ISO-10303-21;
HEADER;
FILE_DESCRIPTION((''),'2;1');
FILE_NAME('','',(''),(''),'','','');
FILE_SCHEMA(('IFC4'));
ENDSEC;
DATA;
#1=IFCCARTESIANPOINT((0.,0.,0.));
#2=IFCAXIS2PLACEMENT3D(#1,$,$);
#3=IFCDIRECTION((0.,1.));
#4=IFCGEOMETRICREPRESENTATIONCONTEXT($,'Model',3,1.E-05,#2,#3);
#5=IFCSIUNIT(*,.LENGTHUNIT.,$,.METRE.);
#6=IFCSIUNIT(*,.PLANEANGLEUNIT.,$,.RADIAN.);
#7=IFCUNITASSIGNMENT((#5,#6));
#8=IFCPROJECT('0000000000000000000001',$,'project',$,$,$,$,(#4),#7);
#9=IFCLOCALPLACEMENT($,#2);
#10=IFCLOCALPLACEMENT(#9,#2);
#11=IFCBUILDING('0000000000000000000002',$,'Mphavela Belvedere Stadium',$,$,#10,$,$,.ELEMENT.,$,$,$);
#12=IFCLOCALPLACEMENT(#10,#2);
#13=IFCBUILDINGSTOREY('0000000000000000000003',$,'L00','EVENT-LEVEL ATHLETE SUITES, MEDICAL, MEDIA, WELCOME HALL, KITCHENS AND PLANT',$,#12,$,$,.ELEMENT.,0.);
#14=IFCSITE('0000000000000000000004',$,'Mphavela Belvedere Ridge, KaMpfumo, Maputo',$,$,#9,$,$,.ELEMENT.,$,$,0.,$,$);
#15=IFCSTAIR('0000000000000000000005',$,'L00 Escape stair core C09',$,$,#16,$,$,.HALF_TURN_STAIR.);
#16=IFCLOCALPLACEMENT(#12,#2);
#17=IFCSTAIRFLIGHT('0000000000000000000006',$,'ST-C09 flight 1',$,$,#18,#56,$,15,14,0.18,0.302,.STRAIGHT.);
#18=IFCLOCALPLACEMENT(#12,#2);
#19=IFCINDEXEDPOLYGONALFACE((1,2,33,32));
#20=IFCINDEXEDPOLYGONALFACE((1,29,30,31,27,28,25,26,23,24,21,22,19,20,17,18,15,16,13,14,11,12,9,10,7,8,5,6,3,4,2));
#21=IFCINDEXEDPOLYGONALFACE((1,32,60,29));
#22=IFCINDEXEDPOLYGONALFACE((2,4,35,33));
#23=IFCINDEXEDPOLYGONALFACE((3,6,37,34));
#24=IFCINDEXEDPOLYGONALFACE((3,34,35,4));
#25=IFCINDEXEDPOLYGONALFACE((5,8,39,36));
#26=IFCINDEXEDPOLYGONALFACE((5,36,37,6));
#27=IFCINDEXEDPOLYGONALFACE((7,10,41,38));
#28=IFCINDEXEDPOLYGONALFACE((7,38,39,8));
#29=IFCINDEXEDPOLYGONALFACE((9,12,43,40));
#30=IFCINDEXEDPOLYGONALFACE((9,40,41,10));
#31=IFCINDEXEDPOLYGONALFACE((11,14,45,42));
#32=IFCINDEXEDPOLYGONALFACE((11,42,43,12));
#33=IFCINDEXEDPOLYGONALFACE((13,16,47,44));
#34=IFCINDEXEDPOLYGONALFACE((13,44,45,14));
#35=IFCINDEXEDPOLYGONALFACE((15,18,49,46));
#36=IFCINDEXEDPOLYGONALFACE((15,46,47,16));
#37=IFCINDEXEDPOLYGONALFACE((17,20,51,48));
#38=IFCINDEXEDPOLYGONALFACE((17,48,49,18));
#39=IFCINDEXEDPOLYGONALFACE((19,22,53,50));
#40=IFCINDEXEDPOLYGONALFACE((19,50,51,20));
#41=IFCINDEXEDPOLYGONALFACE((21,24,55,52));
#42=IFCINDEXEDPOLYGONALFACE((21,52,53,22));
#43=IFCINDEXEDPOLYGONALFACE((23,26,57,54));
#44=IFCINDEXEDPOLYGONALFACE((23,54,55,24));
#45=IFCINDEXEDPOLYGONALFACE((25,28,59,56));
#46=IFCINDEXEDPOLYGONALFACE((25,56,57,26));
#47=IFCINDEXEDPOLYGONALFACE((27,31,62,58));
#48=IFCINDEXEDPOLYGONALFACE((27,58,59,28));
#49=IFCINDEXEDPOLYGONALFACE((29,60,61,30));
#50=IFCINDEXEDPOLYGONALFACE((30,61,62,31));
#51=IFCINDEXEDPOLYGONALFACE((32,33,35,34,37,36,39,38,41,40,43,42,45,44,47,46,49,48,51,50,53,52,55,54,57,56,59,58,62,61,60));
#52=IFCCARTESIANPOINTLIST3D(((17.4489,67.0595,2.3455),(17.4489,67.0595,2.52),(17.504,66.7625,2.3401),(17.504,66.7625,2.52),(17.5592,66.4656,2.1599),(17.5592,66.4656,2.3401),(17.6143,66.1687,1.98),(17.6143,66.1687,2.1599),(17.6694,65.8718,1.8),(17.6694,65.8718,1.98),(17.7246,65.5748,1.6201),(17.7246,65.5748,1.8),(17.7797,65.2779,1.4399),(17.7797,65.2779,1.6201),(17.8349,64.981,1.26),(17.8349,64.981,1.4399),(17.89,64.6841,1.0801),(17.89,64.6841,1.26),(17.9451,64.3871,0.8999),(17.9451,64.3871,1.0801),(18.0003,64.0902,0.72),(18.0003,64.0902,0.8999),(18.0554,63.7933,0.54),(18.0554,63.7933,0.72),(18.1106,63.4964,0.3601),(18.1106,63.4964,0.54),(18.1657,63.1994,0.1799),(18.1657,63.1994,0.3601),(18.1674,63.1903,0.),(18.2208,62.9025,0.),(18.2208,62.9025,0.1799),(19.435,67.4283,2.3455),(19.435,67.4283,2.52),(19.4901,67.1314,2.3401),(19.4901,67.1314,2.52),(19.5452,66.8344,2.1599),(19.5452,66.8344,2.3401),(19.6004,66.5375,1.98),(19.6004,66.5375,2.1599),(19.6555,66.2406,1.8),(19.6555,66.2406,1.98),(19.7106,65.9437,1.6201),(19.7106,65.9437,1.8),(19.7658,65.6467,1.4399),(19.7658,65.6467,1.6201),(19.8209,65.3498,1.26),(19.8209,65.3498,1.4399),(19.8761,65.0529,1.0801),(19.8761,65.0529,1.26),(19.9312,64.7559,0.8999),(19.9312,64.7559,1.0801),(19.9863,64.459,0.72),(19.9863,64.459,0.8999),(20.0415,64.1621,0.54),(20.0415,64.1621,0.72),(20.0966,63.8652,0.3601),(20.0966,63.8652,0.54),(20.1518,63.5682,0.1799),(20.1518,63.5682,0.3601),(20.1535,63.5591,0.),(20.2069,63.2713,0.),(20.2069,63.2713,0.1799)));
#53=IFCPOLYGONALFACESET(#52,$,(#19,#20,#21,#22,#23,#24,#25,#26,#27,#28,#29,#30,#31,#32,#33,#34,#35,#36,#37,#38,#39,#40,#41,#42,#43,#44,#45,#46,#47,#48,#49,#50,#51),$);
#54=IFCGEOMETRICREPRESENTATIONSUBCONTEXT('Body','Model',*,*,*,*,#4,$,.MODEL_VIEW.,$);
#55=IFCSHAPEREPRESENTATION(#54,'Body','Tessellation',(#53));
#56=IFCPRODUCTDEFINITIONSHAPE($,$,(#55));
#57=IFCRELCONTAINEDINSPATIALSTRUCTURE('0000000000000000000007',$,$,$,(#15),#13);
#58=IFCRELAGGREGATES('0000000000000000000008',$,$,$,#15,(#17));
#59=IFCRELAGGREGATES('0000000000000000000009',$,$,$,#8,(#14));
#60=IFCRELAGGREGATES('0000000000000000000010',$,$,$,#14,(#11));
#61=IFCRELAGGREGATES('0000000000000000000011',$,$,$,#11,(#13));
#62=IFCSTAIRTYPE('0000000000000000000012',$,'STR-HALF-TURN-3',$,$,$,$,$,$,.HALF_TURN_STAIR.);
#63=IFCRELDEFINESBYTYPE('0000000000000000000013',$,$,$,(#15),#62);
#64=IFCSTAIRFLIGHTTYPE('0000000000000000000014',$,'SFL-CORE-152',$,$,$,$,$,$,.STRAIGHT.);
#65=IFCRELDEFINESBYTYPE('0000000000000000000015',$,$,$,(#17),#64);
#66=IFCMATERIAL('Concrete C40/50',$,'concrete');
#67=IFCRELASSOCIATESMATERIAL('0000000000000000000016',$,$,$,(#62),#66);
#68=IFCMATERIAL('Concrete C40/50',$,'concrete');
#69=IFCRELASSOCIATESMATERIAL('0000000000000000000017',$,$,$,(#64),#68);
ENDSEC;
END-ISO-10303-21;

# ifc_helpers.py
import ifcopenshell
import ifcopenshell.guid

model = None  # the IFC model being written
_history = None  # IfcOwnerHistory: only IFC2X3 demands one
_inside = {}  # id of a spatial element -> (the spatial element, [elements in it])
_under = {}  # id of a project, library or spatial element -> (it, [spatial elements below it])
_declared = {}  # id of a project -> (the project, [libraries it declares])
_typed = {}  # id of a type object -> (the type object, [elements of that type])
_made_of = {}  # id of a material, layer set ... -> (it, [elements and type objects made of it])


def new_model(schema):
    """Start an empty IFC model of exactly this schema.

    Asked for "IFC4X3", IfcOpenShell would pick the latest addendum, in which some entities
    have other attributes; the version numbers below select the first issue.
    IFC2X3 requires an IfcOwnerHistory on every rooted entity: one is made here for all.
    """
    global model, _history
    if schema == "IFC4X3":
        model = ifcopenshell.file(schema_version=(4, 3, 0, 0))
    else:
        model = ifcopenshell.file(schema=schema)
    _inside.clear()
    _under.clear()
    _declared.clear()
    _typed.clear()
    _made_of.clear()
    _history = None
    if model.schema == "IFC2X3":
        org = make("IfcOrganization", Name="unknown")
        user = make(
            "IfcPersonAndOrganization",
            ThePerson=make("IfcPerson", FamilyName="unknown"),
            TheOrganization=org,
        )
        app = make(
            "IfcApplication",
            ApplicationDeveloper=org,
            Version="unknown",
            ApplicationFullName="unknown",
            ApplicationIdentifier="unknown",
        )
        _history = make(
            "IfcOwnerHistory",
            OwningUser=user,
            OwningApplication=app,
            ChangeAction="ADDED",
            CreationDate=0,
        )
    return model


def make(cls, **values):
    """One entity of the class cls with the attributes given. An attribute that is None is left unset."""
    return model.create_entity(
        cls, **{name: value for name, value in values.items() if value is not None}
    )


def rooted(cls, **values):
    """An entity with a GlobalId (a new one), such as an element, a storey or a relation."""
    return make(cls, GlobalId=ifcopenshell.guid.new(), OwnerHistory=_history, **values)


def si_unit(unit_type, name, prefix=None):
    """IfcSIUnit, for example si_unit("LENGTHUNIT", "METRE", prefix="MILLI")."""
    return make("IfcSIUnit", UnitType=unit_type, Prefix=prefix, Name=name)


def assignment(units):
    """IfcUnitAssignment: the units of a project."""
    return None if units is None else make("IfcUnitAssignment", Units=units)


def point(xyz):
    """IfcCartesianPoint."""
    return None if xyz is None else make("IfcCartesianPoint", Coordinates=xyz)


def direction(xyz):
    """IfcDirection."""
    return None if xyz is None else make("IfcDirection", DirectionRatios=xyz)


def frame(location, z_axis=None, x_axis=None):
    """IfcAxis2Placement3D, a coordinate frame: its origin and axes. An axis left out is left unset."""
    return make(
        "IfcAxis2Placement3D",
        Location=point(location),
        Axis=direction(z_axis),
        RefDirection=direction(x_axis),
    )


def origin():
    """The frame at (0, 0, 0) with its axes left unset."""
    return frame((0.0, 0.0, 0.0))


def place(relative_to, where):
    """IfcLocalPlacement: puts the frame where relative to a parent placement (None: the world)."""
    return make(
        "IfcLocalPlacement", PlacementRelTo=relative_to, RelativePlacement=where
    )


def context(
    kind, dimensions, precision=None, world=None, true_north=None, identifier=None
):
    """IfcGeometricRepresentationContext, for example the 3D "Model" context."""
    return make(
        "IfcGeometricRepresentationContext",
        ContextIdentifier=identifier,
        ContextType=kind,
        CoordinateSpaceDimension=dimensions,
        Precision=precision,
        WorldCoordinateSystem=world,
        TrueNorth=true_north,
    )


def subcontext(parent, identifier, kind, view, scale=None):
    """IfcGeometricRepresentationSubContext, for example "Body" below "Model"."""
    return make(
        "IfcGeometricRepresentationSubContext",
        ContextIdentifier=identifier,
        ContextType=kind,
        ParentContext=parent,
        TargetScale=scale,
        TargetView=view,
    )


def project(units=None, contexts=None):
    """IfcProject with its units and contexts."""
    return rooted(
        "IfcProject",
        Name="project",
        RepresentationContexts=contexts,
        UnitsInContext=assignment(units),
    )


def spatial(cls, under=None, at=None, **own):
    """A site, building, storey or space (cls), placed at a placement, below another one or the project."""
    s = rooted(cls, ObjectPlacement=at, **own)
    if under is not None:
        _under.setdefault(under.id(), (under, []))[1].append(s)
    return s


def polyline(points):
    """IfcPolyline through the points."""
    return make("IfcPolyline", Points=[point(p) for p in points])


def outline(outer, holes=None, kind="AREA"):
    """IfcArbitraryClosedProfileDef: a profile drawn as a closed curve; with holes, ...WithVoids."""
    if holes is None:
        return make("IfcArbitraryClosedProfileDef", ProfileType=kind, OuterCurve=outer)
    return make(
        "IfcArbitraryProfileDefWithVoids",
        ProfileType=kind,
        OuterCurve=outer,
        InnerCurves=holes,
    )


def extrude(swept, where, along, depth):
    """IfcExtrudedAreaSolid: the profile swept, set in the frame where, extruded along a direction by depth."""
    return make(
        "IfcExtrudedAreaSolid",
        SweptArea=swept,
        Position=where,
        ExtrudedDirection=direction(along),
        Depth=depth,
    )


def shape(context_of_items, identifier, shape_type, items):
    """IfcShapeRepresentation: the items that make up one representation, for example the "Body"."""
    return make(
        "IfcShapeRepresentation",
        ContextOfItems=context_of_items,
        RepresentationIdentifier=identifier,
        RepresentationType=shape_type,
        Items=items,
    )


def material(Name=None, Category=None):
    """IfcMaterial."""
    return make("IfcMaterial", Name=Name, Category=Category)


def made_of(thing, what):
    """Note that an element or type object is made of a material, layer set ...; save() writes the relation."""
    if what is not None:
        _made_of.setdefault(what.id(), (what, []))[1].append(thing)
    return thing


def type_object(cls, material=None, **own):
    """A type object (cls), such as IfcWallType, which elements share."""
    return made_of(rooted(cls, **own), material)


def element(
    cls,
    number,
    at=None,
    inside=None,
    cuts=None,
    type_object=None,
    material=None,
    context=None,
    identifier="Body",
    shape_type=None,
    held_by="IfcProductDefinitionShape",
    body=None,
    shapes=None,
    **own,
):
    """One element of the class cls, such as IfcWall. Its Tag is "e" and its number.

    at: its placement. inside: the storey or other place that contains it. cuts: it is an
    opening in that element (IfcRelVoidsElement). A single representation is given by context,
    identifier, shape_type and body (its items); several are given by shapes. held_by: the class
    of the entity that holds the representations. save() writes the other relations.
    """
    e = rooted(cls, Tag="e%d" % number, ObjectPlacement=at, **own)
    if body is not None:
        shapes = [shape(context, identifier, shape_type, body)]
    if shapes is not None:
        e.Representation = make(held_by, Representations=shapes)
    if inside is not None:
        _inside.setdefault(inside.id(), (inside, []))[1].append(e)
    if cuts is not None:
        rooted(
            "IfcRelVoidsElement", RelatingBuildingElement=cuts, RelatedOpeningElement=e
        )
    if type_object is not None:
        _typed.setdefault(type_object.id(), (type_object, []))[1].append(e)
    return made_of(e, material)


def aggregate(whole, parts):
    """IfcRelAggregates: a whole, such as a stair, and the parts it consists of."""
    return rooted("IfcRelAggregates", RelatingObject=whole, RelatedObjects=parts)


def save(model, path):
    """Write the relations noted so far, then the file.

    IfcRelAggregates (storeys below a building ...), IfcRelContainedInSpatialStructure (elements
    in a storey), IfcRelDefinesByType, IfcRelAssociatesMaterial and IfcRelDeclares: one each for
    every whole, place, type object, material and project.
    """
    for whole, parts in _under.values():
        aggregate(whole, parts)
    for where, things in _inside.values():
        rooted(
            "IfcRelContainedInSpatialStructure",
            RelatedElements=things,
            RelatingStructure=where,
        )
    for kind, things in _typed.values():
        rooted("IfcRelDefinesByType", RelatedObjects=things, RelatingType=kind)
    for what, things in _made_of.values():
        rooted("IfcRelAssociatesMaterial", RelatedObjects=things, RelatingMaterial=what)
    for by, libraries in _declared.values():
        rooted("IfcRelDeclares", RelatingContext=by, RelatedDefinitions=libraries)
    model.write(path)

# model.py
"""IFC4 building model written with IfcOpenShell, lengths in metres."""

from ifc_helpers import new_model, si_unit, direction, frame, origin, place, context, subcontext, project, spatial, polyline, outline, extrude, material, type_object, element, aggregate, save


model = new_model("IFC4")

# Units and contexts
model_context = context("Model", 3, precision=1e-05, world=origin(), true_north=direction((0.0, 1.0)))
body_context = subcontext(model_context, "Body", "Model", "MODEL_VIEW")
ifc_project = project(units=[si_unit("LENGTHUNIT", "METRE"), si_unit("PLANEANGLEUNIT", "RADIAN")], contexts=[model_context])

# Site, building, storey
site_placement = place(None, origin())
site = spatial("IfcSite", under=ifc_project, at=site_placement, Name="Mphavela Belvedere Ridge, KaMpfumo, Maputo", CompositionType="ELEMENT", RefElevation=0.0)
building_placement = place(site_placement, origin())
building = spatial("IfcBuilding", under=site, at=building_placement, Name="Mphavela Belvedere Stadium", CompositionType="ELEMENT")
storey_placement = place(building_placement, origin())
storey = spatial("IfcBuildingStorey", under=building, at=storey_placement, Name="L00", Description="EVENT-LEVEL ATHLETE SUITES, MEDICAL, MEDIA, WELCOME HALL, KITCHENS AND PLANT", CompositionType="ELEMENT", Elevation=0.0)

# Stair, stair flight
ifc_material_1 = material(Name="Concrete C40/50", Category="concrete")
stair_type = type_object("IfcStairType", Name="STR-HALF-TURN-3", PredefinedType="HALF_TURN_STAIR", material=ifc_material_1)
stair_placement = place(storey_placement, origin())
stair = element("IfcStair", 1, at=stair_placement, inside=storey, type_object=stair_type, Name="L00 Escape stair core C09", PredefinedType="HALF_TURN_STAIR")
ifc_material_2 = material(Name="Concrete C40/50", Category="concrete")
stair_flight_type = type_object("IfcStairFlightType", Name="SFL-CORE-152", PredefinedType="STRAIGHT", material=ifc_material_2)
stair_flight_placement = place(storey_placement, frame((19.2139, 63.0869, 0.0), z_axis=(0.0, 0.0, 1.0), x_axis=(-0.182579, 0.983191, 0.0)))
stair_flight = element("IfcStairFlight", 2, at=stair_flight_placement, type_object=stair_flight_type, Name="ST-C09 flight 1", NumberOfRisers=15, NumberOfTreads=14, PredefinedType="STRAIGHT", RiserHeight=0.18, TreadLength=0.302, context=body_context, shape_type="SweptSolid", body=[
    extrude(outline(polyline([(0.0, 0.0), (0.0, 0.1799), (0.302, 0.1799), (0.302, 0.3601), (0.604, 0.3601), (0.604, 0.54), (0.906, 0.54), (0.906, 0.72), (1.208, 0.72), (1.208, 0.8999), (1.51, 0.8999), (1.51, 1.0801), (1.812, 1.0801), (1.812, 1.26), (2.114, 1.26), (2.114, 1.4399), (2.416, 1.4399), (2.416, 1.6201), (2.718, 1.6201), (2.718, 1.8), (3.02, 1.8), (3.02, 1.98), (3.322, 1.98), (3.322, 2.1599), (3.624, 2.1599), (3.624, 2.3401), (3.926, 2.3401), (3.926, 2.52), (4.228, 2.52), (4.228, 2.7), (4.228, 2.3455), (0.2927, 0.0), (0.0, 0.0)])), frame((0.0, 1.01, 0.0), z_axis=(0.0, -1.0, 0.0), x_axis=(1.0, 0.0, 0.0)), (0.0, 0.0, 1.0), 2.02),
])
aggregate(stair, [stair_flight])

save(model, "model.ifc")
